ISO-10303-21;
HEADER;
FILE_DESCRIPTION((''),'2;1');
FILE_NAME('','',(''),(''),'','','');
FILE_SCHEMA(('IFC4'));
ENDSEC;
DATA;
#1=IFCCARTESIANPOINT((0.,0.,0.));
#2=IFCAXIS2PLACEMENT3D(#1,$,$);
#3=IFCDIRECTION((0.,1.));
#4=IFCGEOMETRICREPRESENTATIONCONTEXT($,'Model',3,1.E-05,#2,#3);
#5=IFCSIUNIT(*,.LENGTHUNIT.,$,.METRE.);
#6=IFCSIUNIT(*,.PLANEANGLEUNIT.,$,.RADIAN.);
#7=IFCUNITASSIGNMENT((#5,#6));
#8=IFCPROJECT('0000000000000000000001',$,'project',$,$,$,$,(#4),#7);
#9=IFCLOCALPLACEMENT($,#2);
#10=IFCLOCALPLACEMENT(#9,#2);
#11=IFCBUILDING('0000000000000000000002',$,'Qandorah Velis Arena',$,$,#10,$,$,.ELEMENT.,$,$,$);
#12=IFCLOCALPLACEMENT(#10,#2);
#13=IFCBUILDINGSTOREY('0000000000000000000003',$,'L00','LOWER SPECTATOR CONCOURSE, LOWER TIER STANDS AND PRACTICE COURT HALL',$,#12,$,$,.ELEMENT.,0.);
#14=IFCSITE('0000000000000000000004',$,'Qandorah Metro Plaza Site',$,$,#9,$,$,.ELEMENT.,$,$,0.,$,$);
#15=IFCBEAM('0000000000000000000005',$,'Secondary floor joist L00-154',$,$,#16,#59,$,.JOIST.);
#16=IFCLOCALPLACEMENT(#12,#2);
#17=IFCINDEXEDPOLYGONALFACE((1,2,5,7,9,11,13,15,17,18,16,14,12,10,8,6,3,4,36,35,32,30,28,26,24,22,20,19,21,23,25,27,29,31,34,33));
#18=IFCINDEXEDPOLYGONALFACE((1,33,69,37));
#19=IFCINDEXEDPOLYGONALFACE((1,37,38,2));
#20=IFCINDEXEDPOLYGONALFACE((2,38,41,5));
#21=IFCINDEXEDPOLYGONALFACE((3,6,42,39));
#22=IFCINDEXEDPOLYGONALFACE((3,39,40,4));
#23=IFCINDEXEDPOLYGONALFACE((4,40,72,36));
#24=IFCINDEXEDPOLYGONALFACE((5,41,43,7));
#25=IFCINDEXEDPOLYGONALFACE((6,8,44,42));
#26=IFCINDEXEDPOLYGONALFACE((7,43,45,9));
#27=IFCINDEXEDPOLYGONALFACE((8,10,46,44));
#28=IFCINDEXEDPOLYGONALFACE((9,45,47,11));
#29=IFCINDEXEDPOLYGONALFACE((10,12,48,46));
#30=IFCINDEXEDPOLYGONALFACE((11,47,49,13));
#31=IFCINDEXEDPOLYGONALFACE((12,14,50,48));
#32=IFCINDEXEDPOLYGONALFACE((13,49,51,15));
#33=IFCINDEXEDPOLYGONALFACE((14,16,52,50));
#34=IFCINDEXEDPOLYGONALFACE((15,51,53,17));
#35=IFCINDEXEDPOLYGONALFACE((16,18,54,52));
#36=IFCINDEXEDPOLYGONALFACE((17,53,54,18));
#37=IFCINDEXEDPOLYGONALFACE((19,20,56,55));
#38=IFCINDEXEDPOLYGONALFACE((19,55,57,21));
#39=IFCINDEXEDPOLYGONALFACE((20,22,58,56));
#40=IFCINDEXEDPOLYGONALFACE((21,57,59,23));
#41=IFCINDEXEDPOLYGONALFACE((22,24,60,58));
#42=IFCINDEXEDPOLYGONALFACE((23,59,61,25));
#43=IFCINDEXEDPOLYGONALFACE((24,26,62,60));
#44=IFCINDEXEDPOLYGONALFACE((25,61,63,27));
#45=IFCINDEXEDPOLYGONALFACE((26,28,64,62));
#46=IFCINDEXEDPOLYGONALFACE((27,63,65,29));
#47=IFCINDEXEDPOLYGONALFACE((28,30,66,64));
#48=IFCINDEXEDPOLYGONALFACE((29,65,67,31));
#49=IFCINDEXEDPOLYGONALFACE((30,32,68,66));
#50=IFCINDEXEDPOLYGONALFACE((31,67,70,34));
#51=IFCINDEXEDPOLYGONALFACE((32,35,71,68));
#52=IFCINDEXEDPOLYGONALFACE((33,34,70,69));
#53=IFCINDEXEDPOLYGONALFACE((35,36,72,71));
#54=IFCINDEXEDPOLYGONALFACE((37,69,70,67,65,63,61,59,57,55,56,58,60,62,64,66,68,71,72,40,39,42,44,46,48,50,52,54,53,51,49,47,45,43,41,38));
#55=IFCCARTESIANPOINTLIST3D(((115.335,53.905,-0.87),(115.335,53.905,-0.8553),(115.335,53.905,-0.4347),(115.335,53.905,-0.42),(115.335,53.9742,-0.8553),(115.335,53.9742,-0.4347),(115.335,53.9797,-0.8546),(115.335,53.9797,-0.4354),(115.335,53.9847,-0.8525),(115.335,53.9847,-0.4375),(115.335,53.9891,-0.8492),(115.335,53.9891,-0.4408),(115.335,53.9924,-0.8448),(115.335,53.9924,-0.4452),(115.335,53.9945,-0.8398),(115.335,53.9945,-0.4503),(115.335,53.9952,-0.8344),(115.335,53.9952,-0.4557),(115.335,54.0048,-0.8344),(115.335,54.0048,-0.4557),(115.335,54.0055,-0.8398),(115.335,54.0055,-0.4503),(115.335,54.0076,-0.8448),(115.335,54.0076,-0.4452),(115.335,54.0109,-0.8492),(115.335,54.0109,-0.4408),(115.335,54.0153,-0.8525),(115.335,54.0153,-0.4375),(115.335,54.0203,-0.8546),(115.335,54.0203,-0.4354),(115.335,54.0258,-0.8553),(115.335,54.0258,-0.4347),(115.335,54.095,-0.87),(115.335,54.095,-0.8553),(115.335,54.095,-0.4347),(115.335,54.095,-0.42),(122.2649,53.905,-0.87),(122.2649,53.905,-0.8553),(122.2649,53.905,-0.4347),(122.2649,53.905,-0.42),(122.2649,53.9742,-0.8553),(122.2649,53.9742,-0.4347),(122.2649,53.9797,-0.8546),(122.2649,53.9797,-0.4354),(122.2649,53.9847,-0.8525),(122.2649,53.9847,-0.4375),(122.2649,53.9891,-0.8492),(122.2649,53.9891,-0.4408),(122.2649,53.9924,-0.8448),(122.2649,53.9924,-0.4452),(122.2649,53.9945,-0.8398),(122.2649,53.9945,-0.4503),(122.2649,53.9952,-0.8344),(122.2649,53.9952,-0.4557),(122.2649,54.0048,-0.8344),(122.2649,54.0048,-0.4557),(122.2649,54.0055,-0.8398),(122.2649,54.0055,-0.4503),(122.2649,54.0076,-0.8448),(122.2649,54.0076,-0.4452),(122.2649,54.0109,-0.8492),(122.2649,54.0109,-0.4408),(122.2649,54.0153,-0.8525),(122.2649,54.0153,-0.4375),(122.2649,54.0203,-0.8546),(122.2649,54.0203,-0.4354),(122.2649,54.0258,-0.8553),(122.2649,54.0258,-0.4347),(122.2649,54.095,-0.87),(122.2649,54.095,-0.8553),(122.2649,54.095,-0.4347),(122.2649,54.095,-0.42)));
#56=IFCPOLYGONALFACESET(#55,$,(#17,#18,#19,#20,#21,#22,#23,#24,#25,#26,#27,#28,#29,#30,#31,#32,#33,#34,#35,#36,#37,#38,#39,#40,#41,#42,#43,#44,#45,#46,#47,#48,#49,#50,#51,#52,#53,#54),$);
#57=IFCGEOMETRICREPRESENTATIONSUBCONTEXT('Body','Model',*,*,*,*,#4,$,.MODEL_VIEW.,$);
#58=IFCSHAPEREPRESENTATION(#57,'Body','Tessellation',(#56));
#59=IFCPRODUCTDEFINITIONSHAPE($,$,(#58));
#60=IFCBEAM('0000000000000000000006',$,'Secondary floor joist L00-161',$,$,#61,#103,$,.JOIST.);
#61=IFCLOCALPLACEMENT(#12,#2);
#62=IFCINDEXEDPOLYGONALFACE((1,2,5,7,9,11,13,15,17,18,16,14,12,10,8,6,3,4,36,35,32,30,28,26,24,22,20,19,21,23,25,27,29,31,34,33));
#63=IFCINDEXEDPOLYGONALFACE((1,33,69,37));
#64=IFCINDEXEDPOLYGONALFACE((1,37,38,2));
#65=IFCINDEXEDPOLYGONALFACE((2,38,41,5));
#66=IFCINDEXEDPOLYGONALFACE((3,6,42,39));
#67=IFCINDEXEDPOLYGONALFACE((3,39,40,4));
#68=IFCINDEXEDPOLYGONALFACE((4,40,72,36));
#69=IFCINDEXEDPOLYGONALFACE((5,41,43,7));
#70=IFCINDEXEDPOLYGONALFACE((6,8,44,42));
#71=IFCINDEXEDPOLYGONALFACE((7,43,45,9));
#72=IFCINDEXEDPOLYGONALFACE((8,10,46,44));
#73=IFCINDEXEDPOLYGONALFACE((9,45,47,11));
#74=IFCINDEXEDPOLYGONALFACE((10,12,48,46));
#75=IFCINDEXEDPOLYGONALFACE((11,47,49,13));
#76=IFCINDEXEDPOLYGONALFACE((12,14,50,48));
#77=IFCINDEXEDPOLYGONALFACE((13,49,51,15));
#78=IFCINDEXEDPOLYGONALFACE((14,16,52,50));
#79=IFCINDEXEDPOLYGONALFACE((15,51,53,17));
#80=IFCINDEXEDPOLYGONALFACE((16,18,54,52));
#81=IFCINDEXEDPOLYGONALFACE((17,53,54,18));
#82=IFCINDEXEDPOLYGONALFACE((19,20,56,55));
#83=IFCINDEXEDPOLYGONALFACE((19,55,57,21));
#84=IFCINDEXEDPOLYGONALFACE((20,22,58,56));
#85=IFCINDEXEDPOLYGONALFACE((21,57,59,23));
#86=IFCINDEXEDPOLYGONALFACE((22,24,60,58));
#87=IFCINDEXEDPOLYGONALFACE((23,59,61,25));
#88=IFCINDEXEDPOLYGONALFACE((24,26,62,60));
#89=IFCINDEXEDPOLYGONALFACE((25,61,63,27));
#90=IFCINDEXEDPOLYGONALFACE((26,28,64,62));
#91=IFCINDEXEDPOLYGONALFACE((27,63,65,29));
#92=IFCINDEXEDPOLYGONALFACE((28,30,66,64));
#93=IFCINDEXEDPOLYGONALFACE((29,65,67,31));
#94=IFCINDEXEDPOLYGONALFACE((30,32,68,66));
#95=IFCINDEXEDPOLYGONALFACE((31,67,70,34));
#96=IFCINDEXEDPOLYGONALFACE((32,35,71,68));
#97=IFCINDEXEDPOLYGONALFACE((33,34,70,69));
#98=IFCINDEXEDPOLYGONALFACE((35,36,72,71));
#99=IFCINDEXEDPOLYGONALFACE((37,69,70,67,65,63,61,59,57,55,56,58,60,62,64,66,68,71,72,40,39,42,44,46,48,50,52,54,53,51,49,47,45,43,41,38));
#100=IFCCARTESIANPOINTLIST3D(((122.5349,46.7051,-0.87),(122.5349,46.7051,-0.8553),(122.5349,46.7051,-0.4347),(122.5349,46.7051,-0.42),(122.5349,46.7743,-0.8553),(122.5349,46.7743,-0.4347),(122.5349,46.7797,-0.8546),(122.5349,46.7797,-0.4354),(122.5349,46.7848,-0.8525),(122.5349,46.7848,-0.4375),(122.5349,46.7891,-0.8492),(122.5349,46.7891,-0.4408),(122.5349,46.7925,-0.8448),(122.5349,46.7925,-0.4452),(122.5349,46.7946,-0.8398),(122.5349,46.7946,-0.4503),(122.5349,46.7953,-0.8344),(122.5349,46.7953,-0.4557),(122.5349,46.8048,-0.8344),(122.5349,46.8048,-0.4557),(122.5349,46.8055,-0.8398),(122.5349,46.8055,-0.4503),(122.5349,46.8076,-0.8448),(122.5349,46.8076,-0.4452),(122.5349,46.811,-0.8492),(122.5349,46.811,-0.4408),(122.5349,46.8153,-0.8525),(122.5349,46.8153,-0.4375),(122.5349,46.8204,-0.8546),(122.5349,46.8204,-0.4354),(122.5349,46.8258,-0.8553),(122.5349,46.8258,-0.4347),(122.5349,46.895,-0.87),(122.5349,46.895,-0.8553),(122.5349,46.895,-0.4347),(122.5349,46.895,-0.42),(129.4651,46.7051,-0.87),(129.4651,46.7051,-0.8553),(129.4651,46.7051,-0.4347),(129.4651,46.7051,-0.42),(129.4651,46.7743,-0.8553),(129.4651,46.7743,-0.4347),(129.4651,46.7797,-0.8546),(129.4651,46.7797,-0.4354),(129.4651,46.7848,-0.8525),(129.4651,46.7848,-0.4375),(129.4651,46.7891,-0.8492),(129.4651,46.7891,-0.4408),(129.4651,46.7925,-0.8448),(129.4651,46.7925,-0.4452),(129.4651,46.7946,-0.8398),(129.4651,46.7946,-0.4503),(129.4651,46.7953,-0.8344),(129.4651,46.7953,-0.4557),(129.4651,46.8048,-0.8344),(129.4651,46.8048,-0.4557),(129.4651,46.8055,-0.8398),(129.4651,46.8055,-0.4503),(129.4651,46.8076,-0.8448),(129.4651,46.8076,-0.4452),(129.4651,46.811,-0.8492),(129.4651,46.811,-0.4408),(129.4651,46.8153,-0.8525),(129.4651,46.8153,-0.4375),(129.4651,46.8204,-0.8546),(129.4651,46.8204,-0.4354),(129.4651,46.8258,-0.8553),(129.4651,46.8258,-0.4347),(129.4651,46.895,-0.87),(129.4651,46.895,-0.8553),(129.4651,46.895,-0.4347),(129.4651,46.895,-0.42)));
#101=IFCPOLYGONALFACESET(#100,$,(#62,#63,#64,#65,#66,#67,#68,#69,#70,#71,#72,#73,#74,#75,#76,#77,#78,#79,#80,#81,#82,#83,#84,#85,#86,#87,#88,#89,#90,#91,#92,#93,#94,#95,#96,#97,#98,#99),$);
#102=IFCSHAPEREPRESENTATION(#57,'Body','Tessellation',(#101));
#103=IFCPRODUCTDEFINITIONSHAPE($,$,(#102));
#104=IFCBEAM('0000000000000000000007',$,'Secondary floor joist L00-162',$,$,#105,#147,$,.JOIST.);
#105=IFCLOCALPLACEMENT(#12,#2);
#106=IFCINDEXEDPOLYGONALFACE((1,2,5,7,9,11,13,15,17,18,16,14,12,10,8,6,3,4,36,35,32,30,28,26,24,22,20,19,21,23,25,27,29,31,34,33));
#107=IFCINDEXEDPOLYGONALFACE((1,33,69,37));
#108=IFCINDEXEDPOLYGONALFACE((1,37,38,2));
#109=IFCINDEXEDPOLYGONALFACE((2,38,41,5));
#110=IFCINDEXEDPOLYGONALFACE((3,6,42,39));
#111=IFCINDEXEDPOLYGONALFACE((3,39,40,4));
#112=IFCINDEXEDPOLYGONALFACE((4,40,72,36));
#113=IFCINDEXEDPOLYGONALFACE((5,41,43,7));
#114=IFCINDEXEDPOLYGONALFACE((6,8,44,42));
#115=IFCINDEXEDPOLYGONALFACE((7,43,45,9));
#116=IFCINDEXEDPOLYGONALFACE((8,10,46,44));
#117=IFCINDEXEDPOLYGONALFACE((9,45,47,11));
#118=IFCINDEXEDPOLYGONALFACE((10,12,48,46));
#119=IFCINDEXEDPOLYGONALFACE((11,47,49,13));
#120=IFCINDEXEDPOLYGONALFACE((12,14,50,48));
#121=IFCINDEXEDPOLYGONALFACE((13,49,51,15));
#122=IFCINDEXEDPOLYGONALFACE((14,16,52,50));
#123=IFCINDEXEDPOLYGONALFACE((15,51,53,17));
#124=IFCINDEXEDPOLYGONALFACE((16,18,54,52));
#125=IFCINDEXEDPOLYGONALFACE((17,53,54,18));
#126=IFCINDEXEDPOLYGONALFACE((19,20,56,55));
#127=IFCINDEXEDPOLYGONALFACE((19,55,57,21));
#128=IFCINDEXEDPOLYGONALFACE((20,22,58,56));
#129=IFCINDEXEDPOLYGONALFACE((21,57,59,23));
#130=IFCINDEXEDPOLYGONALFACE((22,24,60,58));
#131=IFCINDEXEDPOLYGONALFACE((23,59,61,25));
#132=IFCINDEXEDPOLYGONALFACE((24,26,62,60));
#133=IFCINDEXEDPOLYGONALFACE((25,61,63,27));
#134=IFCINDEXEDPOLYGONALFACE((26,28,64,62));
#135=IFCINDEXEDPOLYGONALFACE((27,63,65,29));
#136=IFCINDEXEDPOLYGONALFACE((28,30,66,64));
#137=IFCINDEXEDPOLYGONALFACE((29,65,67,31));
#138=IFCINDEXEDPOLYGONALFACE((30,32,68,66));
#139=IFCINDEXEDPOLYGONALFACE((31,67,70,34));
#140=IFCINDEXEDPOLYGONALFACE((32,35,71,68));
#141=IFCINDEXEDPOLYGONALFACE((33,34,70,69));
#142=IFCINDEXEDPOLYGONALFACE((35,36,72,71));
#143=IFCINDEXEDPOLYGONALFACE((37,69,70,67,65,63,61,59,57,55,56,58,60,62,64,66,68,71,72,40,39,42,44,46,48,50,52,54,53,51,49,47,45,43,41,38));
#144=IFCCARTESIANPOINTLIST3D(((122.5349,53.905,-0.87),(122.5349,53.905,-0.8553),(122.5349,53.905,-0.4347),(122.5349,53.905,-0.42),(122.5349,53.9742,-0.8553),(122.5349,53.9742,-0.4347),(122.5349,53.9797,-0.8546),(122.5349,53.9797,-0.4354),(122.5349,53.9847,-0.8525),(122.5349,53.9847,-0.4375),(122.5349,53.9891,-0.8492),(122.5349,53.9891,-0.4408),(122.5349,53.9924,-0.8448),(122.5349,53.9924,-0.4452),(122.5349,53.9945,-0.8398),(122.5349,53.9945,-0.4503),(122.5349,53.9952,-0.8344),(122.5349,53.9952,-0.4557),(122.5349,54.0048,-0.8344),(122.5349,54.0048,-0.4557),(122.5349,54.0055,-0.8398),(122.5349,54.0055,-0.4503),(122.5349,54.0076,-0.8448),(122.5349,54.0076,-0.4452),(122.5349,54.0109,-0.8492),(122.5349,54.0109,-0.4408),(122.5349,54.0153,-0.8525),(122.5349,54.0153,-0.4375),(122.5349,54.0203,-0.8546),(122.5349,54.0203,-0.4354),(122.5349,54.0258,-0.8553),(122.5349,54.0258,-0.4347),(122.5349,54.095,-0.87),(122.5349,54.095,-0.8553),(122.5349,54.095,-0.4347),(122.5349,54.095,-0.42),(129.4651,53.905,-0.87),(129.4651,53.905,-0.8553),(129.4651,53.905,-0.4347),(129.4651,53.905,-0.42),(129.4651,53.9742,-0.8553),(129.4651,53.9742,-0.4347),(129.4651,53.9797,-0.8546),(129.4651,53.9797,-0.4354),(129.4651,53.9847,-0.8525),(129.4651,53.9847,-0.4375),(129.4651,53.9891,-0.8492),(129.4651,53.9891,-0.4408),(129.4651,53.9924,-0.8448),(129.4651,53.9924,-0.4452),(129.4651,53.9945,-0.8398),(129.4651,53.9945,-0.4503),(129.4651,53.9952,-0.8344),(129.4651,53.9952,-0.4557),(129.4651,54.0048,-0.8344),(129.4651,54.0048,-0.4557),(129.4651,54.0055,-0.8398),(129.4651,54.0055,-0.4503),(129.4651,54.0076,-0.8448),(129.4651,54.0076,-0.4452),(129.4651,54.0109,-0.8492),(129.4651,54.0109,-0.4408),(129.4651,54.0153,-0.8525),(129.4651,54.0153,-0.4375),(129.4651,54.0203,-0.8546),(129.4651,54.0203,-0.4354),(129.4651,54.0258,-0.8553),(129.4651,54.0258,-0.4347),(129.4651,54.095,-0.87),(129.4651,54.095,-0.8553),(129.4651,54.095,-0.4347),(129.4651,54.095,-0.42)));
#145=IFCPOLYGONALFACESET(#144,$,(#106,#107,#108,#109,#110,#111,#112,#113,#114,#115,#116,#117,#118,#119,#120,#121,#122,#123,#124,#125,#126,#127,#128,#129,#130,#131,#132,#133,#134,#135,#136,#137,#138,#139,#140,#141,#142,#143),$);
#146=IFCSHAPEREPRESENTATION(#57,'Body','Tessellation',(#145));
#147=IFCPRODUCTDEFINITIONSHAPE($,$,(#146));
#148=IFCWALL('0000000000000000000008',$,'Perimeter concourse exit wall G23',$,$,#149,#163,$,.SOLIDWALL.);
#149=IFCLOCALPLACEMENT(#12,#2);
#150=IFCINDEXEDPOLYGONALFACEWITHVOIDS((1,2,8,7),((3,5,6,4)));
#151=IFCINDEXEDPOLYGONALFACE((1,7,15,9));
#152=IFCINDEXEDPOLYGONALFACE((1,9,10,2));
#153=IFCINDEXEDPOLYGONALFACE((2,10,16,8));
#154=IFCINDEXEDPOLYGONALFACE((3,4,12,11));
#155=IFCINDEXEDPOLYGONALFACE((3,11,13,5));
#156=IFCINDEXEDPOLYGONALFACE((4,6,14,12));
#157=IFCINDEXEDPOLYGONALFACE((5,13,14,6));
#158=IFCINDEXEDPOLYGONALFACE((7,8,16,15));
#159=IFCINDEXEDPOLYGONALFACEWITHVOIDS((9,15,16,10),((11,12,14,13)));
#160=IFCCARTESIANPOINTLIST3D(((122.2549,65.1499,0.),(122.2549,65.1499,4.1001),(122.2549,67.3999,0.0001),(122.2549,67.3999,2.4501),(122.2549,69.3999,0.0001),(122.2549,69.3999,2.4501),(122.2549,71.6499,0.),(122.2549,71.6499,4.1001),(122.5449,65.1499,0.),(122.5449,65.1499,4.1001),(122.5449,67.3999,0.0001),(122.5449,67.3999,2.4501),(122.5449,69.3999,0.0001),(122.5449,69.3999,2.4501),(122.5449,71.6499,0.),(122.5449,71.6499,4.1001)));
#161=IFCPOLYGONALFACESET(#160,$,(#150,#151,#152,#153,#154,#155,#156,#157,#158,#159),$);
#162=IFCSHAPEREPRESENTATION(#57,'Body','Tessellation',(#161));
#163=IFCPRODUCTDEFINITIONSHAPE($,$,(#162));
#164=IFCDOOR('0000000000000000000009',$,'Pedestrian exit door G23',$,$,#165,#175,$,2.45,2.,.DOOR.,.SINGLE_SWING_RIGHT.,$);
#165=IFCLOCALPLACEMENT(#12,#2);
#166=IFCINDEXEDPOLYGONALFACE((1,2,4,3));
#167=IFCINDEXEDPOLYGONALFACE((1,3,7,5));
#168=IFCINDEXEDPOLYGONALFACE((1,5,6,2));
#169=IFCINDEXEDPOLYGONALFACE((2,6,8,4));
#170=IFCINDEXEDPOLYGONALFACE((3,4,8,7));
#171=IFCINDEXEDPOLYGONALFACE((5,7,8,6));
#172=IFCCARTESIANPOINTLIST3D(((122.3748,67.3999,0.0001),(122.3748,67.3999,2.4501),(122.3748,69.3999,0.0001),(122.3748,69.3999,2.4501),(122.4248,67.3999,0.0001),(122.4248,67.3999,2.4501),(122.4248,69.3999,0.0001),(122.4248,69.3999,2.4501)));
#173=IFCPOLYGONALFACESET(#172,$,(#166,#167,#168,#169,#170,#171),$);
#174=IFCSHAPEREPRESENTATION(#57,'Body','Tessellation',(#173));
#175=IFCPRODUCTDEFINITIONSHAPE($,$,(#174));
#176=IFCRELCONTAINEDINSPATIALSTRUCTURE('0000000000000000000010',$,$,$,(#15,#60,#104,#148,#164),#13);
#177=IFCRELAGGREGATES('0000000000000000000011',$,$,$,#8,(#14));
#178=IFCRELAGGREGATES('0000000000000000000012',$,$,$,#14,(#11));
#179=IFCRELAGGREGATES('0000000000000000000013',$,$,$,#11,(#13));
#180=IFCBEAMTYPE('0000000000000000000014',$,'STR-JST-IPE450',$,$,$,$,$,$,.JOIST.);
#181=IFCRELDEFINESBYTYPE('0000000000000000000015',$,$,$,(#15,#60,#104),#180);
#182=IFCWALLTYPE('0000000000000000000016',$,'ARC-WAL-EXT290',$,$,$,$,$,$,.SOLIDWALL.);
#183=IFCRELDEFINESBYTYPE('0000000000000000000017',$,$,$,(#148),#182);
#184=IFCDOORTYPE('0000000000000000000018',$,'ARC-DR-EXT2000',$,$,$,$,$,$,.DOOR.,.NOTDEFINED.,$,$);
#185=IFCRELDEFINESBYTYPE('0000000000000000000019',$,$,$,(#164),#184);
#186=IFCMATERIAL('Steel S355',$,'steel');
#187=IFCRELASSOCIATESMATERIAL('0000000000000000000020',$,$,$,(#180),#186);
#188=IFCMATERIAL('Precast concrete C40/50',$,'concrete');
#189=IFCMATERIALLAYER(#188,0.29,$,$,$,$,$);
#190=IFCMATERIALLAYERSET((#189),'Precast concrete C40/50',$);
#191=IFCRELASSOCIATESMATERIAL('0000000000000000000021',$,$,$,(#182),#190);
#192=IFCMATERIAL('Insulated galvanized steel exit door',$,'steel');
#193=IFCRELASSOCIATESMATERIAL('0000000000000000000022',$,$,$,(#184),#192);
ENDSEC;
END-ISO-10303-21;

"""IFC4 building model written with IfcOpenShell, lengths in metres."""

from ifc_helpers import new_model, si_unit, direction, frame, frame_2d, origin, origin_2d, place, context, subcontext, project, spatial, rectangle, i_section, extrude, material, layer, layer_set, material_profile, profile_set, type_object, element, fill, save


model = new_model("IFC4")

# Units and contexts
model_context = context("Model", 3, precision=1e-05, world=origin(), true_north=direction((0.0, 1.0)))
body_context = subcontext(model_context, "Body", "Model", "MODEL_VIEW")
ifc_project = project(units=[si_unit("LENGTHUNIT", "METRE"), si_unit("PLANEANGLEUNIT", "RADIAN")], contexts=[model_context])

# Site, building, storey
site_placement = place(None, origin())
site = spatial("IfcSite", under=ifc_project, at=site_placement, Name="Qandorah Metro Plaza Site", CompositionType="ELEMENT", RefElevation=0.0)
building_placement = place(site_placement, origin())
building = spatial("IfcBuilding", under=site, at=building_placement, Name="Qandorah Velis Arena", CompositionType="ELEMENT")
storey_placement = place(building_placement, origin())
storey = spatial("IfcBuildingStorey", under=building, at=storey_placement, Name="L00", Description="LOWER SPECTATOR CONCOURSE, LOWER TIER STANDS AND PRACTICE COURT HALL", CompositionType="ELEMENT", Elevation=0.0)

# Beams
ifc_material_1 = material(Name="Steel S355", Category="steel")
ifc_material_profile_1 = material_profile(ifc_material_1, i_section(OverallWidth=0.1899, OverallDepth=0.45, WebThickness=0.0095, FlangeThickness=0.0146, FilletRadius=0.021, at=origin_2d()), Name="IPE 450")
ifc_profile_set_1 = profile_set([ifc_material_profile_1], Name="Steel S355")
beam_type_1 = type_object("IfcBeamType", Name="STR-JST-IPE450", PredefinedType="JOIST", material=ifc_profile_set_1)
for number, where, z_axis, x_axis, name in (
    (1, (115.335, 54.0, -0.645), (1.0, 0.0, 0.0), (0.0, 1.0, 0.0), "Secondary floor joist L00-154"),
):
    element("IfcBeam", number, at=place(storey_placement, frame(where, z_axis=z_axis, x_axis=x_axis)), inside=storey, type_object=beam_type_1, Name=name, PredefinedType="JOIST", context=body_context, shape_type="SweptSolid", body=[
        extrude(i_section(OverallWidth=0.1899, OverallDepth=0.45, WebThickness=0.0095, FlangeThickness=0.0146, FilletRadius=0.021, at=origin_2d()), origin(), (0.0, 0.0, 1.0), 6.9299),
    ])
for number, where, z_axis, x_axis, name in (
    (2, (122.5349, 46.8, -0.645), (1.0, 0.0, 0.0), (0.0, 1.0, 0.0), "Secondary floor joist L00-161"),
    (3, (122.5349, 54.0, -0.645), (1.0, 0.0, 0.0), (0.0, 1.0, 0.0), "Secondary floor joist L00-162"),
):
    element("IfcBeam", number, at=place(storey_placement, frame(where, z_axis=z_axis, x_axis=x_axis)), inside=storey, type_object=beam_type_1, Name=name, PredefinedType="JOIST", context=body_context, shape_type="SweptSolid", body=[
        extrude(i_section(OverallWidth=0.1899, OverallDepth=0.45, WebThickness=0.0095, FlangeThickness=0.0146, FilletRadius=0.021, at=origin_2d()), origin(), (0.0, 0.0, 1.0), 6.9302),
    ])

# Wall, opening, door
ifc_material_2 = material(Name="Precast concrete C40/50", Category="concrete")
ifc_layer_1 = layer(ifc_material_2, 0.29)
ifc_layer_set_1 = layer_set([ifc_layer_1], Name="Precast concrete C40/50")
wall_type_1 = type_object("IfcWallType", Name="ARC-WAL-EXT290", PredefinedType="SOLIDWALL", material=ifc_layer_set_1)
wall_1_placement = place(storey_placement, frame((122.3999, 65.1499, 0.0), z_axis=(0.0, 0.0, 1.0), x_axis=(0.0, 1.0, 0.0)))
wall_1 = element("IfcWall", 4, at=wall_1_placement, inside=storey, type_object=wall_type_1, Name="Perimeter concourse exit wall G23", PredefinedType="SOLIDWALL", context=body_context, shape_type="SweptSolid", body=[
    extrude(rectangle(XDim=6.5, YDim=0.29, at=frame_2d((3.25, 0.0))), origin(), (0.0, 0.0, 1.0), 4.1001),
])
opening_1_placement = place(wall_1_placement, frame((2.25, 0.0, 0.0)))
opening_1 = element("IfcOpeningElement", 5, at=opening_1_placement, cuts=wall_1, PredefinedType="OPENING", context=body_context, shape_type="SweptSolid", body=[
    extrude(rectangle(XDim=2.0, YDim=2.45, at=frame_2d((1.0, 1.2251))), frame((0.0, 0.155, 0.0), z_axis=(0.0, -1.0, 0.0), x_axis=(1.0, 0.0, 0.0)), (0.0, 0.0, 1.0), 0.3101),
])
ifc_material_3 = material(Name="Insulated galvanized steel exit door", Category="steel")
door_type_1 = type_object("IfcDoorType", Name="ARC-DR-EXT2000", OperationType="NOTDEFINED", PredefinedType="DOOR", material=ifc_material_3)
door_1_placement = place(opening_1_placement, frame((2.0, 0.0, 0.0), z_axis=(0.0, 0.0, 1.0), x_axis=(-1.0, 0.0, 0.0)))
door_1 = element("IfcDoor", 6, at=door_1_placement, inside=storey, type_object=door_type_1, Name="Pedestrian exit door G23", OperationType="SINGLE_SWING_RIGHT", OverallHeight=2.45, OverallWidth=2.0, PredefinedType="DOOR", context=body_context, shape_type="SweptSolid", body=[
    extrude(rectangle(XDim=2.0, YDim=2.45, at=frame_2d((1.0, 1.2251))), frame((0.0, 0.0249, 0.0), z_axis=(0.0, -1.0, 0.0), x_axis=(1.0, 0.0, 0.0)), (0.0, 0.0, 1.0), 0.05),
])
fill(opening_1, door_1)

save(model, "model.ifc")
